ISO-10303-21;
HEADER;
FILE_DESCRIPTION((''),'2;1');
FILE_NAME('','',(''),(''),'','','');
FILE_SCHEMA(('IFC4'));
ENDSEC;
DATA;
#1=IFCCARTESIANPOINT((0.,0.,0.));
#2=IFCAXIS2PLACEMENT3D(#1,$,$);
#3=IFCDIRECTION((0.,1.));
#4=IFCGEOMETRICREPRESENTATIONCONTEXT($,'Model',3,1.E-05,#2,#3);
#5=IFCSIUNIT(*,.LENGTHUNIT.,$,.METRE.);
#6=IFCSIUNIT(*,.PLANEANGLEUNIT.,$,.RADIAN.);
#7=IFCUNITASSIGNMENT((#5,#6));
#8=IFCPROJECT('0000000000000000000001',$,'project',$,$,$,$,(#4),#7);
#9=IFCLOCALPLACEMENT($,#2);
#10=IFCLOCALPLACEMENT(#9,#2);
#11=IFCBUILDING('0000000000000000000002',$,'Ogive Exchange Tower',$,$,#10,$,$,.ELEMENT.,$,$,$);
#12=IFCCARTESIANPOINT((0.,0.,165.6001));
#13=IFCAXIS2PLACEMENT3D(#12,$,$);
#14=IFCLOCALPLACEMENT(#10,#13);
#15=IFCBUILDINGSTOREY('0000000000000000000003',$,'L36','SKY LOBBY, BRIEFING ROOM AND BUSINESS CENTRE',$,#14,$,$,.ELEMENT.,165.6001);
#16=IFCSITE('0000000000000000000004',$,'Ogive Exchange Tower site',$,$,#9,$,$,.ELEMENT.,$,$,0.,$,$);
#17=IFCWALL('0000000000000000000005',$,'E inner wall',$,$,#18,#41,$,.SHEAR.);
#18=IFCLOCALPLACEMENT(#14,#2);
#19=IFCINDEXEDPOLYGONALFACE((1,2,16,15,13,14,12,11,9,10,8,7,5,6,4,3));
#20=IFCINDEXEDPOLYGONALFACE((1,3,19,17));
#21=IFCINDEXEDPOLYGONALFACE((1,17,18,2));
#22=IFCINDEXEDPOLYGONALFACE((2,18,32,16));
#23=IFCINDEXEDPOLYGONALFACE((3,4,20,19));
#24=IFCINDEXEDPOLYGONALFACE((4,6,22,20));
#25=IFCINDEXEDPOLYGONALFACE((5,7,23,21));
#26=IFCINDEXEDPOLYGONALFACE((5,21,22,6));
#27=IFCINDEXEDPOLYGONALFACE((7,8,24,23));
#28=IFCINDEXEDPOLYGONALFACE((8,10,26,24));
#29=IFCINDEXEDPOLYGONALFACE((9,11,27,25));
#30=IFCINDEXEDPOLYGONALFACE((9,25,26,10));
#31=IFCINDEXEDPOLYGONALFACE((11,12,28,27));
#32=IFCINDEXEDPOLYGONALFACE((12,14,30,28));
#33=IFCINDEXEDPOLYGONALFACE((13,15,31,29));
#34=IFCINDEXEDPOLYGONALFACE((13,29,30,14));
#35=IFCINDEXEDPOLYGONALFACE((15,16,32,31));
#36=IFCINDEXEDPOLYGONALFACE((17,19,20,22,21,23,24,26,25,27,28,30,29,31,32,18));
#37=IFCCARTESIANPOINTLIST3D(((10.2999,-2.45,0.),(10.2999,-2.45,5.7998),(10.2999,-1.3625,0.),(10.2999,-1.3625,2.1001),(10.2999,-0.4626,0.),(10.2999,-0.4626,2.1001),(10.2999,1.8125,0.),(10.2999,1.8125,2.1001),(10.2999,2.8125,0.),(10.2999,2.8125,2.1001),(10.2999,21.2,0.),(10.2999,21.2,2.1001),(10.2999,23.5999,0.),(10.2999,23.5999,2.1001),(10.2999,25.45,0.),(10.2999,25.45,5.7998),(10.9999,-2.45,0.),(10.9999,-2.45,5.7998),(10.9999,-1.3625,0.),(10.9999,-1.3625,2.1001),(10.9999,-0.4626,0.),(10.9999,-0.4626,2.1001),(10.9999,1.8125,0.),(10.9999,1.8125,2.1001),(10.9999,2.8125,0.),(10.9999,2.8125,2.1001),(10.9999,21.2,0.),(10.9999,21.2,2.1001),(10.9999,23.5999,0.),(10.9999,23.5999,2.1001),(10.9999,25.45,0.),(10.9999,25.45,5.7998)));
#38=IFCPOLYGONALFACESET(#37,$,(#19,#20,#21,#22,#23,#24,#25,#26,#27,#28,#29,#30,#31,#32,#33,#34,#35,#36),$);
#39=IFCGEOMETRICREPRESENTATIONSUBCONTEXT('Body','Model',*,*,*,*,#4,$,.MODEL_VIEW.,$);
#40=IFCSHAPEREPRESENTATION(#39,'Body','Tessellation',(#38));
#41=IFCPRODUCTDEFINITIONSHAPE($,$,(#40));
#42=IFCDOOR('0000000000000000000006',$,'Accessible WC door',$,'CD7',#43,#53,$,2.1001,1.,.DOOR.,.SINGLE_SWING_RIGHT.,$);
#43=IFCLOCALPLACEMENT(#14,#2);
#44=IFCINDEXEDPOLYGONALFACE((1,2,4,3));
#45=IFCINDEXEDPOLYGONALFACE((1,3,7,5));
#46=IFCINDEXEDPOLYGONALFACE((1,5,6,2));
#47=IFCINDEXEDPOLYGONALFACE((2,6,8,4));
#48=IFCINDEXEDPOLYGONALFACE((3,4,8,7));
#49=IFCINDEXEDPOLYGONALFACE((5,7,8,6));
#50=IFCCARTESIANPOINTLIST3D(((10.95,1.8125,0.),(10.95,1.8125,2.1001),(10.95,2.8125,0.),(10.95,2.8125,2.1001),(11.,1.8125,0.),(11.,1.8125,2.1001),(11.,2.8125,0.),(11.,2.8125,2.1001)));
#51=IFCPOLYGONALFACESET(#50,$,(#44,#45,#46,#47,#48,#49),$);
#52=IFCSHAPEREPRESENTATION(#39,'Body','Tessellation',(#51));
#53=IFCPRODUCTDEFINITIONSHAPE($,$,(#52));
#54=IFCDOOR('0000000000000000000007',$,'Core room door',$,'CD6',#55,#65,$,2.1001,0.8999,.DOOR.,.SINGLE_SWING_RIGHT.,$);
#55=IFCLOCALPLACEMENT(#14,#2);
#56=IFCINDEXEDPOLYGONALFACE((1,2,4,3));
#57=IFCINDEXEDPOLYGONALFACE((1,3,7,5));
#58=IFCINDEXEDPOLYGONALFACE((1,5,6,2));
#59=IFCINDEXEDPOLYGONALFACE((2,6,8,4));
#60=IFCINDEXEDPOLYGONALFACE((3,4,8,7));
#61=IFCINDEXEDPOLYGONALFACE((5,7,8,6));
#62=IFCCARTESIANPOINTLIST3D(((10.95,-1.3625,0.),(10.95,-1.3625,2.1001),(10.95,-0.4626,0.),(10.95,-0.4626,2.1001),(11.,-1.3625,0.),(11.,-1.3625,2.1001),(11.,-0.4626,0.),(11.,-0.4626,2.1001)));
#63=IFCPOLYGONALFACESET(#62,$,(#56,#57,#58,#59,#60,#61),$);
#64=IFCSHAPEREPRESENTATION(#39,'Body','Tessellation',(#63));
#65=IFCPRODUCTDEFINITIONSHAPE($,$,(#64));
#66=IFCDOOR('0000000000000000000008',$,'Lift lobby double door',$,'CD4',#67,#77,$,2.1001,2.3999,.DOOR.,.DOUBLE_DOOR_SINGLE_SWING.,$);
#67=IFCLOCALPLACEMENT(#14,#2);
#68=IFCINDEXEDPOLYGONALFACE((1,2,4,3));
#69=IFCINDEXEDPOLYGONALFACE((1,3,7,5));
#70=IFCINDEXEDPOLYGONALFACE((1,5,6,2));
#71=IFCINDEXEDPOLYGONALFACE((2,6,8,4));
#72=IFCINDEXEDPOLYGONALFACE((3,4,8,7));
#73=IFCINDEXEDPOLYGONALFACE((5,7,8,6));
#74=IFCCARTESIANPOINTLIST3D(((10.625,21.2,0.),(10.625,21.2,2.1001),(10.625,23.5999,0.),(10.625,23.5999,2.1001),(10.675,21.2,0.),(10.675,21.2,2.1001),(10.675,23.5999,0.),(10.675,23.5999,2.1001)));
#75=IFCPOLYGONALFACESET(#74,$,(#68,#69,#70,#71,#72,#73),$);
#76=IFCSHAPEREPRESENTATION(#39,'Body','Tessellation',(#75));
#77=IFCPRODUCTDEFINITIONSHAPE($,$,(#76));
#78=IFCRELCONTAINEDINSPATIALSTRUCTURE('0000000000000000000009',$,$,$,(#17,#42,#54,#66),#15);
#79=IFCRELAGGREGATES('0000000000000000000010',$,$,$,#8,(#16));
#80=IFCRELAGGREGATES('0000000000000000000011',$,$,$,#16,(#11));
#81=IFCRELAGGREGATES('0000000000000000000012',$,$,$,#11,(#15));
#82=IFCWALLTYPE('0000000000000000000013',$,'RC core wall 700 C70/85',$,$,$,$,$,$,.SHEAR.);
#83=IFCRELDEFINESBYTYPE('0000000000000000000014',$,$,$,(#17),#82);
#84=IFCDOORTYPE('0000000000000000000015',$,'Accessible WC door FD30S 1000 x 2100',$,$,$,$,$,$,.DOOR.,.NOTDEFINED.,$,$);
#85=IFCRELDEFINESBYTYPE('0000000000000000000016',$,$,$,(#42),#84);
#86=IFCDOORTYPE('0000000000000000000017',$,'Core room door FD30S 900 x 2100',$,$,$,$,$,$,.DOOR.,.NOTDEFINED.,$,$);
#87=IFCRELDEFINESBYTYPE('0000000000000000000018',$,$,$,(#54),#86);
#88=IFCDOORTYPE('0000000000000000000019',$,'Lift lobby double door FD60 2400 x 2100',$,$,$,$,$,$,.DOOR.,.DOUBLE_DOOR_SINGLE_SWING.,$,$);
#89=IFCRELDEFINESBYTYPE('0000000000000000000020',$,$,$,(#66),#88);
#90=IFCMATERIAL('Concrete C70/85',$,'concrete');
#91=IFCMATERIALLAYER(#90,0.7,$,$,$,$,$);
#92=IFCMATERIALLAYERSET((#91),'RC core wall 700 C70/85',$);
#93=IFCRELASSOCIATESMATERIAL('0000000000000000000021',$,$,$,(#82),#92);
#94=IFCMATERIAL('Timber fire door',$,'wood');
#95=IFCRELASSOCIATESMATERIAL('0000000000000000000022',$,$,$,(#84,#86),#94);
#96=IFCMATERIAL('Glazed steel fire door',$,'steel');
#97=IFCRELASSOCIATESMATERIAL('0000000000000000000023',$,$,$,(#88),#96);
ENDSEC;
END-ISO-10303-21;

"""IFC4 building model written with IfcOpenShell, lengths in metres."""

from ifc_helpers import new_model, si_unit, direction, frame, frame_2d, origin, place, context, subcontext, project, spatial, rectangle, extrude, material, layer, layer_set, type_object, element, fill, save


model = new_model("IFC4")

# Units and contexts
model_context = context("Model", 3, precision=1e-05, world=origin(), true_north=direction((0.0, 1.0)))
body_context = subcontext(model_context, "Body", "Model", "MODEL_VIEW")
ifc_project = project(units=[si_unit("LENGTHUNIT", "METRE"), si_unit("PLANEANGLEUNIT", "RADIAN")], contexts=[model_context])

# Site, building, storey
site_placement = place(None, origin())
site = spatial("IfcSite", under=ifc_project, at=site_placement, Name="Ogive Exchange Tower site", CompositionType="ELEMENT", RefElevation=0.0)
building_placement = place(site_placement, origin())
building = spatial("IfcBuilding", under=site, at=building_placement, Name="Ogive Exchange Tower", CompositionType="ELEMENT")
storey_placement = place(building_placement, frame((0.0, 0.0, 165.6001)))
storey = spatial("IfcBuildingStorey", under=building, at=storey_placement, Name="L36", Description="SKY LOBBY, BRIEFING ROOM AND BUSINESS CENTRE", CompositionType="ELEMENT", Elevation=165.6001)

# Shared definitions
ifc_material_1 = material(Name="Concrete C70/85", Category="concrete")

# Wall, openings, doors
ifc_layer_1 = layer(ifc_material_1, 0.7)
ifc_layer_set_1 = layer_set([ifc_layer_1], Name="RC core wall 700 C70/85")
wall_type_1 = type_object("IfcWallType", Name="RC core wall 700 C70/85", PredefinedType="SHEAR", material=ifc_layer_set_1)
wall_1_placement = place(storey_placement, frame((10.6499, -2.45, 0.0), z_axis=(0.0, 0.0, 1.0), x_axis=(0.0, 1.0, 0.0)))
wall_1 = element("IfcWall", 1, at=wall_1_placement, inside=storey, type_object=wall_type_1, Name="E inner wall", PredefinedType="SHEAR", context=body_context, shape_type="SweptSolid", body=[
    extrude(rectangle(XDim=27.8999, YDim=0.7, at=frame_2d((13.95, 0.0))), origin(), (0.0, 0.0, 1.0), 5.7998),
])
opening_1_placement = place(wall_1_placement, frame((23.6499, 0.0, 0.0)))
opening_1 = element("IfcOpeningElement", 2, at=opening_1_placement, cuts=wall_1, PredefinedType="OPENING", context=body_context, shape_type="SweptSolid", body=[
    extrude(rectangle(XDim=2.3999, YDim=2.1001, at=frame_2d((1.2, 1.05))), frame((0.0, 0.3599, 0.0), z_axis=(0.0, -1.0, 0.0), x_axis=(1.0, 0.0, 0.0)), (0.0, 0.0, 1.0), 0.72),
])
opening_2_placement = place(wall_1_placement, frame((1.0874, 0.0, 0.0)))
opening_2 = element("IfcOpeningElement", 3, at=opening_2_placement, cuts=wall_1, PredefinedType="OPENING", context=body_context, shape_type="SweptSolid", body=[
    extrude(rectangle(XDim=0.8999, YDim=2.1001, at=frame_2d((0.45, 1.05))), frame((0.0, 0.3599, 0.0), z_axis=(0.0, -1.0, 0.0), x_axis=(1.0, 0.0, 0.0)), (0.0, 0.0, 1.0), 0.72),
])
opening_3_placement = place(wall_1_placement, frame((4.2625, 0.0, 0.0)))
opening_3 = element("IfcOpeningElement", 4, at=opening_3_placement, cuts=wall_1, PredefinedType="OPENING", context=body_context, shape_type="SweptSolid", body=[
    extrude(rectangle(XDim=1.0, YDim=2.1001, at=frame_2d((0.5, 1.05))), frame((0.0, 0.3599, 0.0), z_axis=(0.0, -1.0, 0.0), x_axis=(1.0, 0.0, 0.0)), (0.0, 0.0, 1.0), 0.72),
])
ifc_material_2 = material(Name="Timber fire door", Category="wood")
door_type_1 = type_object("IfcDoorType", Name="Accessible WC door FD30S 1000 x 2100", OperationType="NOTDEFINED", PredefinedType="DOOR", material=ifc_material_2)
door_1_placement = place(opening_3_placement, frame((1.0, -0.6499, 0.0), z_axis=(0.0, 0.0, 1.0), x_axis=(-1.0, 0.0, 0.0)))
door_1 = element("IfcDoor", 5, at=door_1_placement, inside=storey, type_object=door_type_1, Name="Accessible WC door", ObjectType="CD7", OperationType="SINGLE_SWING_RIGHT", OverallHeight=2.1001, OverallWidth=1.0, PredefinedType="DOOR", context=body_context, shape_type="SweptSolid", body=[
    extrude(rectangle(XDim=1.0, YDim=2.1001, at=frame_2d((0.5, 1.05))), frame((0.0, -0.2998, 0.0), z_axis=(0.0, -1.0, 0.0), x_axis=(1.0, 0.0, 0.0)), (0.0, 0.0, 1.0), 0.05),
])
fill(opening_3, door_1)
door_type_2 = type_object("IfcDoorType", Name="Core room door FD30S 900 x 2100", OperationType="NOTDEFINED", PredefinedType="DOOR", material=ifc_material_2)
door_2_placement = place(opening_2_placement, frame((0.8999, -0.6499, 0.0), z_axis=(0.0, 0.0, 1.0), x_axis=(-1.0, 0.0, 0.0)))
door_2 = element("IfcDoor", 6, at=door_2_placement, inside=storey, type_object=door_type_2, Name="Core room door", ObjectType="CD6", OperationType="SINGLE_SWING_RIGHT", OverallHeight=2.1001, OverallWidth=0.8999, PredefinedType="DOOR", context=body_context, shape_type="SweptSolid", body=[
    extrude(rectangle(XDim=0.8999, YDim=2.1001, at=frame_2d((0.45, 1.05))), frame((0.0, -0.2998, 0.0), z_axis=(0.0, -1.0, 0.0), x_axis=(1.0, 0.0, 0.0)), (0.0, 0.0, 1.0), 0.05),
])
fill(opening_2, door_2)
ifc_material_3 = material(Name="Glazed steel fire door", Category="steel")
door_type_3 = type_object("IfcDoorType", Name="Lift lobby double door FD60 2400 x 2100", OperationType="DOUBLE_DOOR_SINGLE_SWING", PredefinedType="DOOR", material=ifc_material_3)
door_3_placement = place(opening_1_placement, origin())
door_3 = element("IfcDoor", 7, at=door_3_placement, inside=storey, type_object=door_type_3, Name="Lift lobby double door", ObjectType="CD4", OperationType="DOUBLE_DOOR_SINGLE_SWING", OverallHeight=2.1001, OverallWidth=2.3999, PredefinedType="DOOR", context=body_context, shape_type="SweptSolid", body=[
    extrude(rectangle(XDim=2.3999, YDim=2.1001, at=frame_2d((1.2, 1.05))), frame((0.0, 0.0249, 0.0), z_axis=(0.0, -1.0, 0.0), x_axis=(1.0, 0.0, 0.0)), (0.0, 0.0, 1.0), 0.05),
])
fill(opening_1, door_3)

save(model, "model.ifc")
